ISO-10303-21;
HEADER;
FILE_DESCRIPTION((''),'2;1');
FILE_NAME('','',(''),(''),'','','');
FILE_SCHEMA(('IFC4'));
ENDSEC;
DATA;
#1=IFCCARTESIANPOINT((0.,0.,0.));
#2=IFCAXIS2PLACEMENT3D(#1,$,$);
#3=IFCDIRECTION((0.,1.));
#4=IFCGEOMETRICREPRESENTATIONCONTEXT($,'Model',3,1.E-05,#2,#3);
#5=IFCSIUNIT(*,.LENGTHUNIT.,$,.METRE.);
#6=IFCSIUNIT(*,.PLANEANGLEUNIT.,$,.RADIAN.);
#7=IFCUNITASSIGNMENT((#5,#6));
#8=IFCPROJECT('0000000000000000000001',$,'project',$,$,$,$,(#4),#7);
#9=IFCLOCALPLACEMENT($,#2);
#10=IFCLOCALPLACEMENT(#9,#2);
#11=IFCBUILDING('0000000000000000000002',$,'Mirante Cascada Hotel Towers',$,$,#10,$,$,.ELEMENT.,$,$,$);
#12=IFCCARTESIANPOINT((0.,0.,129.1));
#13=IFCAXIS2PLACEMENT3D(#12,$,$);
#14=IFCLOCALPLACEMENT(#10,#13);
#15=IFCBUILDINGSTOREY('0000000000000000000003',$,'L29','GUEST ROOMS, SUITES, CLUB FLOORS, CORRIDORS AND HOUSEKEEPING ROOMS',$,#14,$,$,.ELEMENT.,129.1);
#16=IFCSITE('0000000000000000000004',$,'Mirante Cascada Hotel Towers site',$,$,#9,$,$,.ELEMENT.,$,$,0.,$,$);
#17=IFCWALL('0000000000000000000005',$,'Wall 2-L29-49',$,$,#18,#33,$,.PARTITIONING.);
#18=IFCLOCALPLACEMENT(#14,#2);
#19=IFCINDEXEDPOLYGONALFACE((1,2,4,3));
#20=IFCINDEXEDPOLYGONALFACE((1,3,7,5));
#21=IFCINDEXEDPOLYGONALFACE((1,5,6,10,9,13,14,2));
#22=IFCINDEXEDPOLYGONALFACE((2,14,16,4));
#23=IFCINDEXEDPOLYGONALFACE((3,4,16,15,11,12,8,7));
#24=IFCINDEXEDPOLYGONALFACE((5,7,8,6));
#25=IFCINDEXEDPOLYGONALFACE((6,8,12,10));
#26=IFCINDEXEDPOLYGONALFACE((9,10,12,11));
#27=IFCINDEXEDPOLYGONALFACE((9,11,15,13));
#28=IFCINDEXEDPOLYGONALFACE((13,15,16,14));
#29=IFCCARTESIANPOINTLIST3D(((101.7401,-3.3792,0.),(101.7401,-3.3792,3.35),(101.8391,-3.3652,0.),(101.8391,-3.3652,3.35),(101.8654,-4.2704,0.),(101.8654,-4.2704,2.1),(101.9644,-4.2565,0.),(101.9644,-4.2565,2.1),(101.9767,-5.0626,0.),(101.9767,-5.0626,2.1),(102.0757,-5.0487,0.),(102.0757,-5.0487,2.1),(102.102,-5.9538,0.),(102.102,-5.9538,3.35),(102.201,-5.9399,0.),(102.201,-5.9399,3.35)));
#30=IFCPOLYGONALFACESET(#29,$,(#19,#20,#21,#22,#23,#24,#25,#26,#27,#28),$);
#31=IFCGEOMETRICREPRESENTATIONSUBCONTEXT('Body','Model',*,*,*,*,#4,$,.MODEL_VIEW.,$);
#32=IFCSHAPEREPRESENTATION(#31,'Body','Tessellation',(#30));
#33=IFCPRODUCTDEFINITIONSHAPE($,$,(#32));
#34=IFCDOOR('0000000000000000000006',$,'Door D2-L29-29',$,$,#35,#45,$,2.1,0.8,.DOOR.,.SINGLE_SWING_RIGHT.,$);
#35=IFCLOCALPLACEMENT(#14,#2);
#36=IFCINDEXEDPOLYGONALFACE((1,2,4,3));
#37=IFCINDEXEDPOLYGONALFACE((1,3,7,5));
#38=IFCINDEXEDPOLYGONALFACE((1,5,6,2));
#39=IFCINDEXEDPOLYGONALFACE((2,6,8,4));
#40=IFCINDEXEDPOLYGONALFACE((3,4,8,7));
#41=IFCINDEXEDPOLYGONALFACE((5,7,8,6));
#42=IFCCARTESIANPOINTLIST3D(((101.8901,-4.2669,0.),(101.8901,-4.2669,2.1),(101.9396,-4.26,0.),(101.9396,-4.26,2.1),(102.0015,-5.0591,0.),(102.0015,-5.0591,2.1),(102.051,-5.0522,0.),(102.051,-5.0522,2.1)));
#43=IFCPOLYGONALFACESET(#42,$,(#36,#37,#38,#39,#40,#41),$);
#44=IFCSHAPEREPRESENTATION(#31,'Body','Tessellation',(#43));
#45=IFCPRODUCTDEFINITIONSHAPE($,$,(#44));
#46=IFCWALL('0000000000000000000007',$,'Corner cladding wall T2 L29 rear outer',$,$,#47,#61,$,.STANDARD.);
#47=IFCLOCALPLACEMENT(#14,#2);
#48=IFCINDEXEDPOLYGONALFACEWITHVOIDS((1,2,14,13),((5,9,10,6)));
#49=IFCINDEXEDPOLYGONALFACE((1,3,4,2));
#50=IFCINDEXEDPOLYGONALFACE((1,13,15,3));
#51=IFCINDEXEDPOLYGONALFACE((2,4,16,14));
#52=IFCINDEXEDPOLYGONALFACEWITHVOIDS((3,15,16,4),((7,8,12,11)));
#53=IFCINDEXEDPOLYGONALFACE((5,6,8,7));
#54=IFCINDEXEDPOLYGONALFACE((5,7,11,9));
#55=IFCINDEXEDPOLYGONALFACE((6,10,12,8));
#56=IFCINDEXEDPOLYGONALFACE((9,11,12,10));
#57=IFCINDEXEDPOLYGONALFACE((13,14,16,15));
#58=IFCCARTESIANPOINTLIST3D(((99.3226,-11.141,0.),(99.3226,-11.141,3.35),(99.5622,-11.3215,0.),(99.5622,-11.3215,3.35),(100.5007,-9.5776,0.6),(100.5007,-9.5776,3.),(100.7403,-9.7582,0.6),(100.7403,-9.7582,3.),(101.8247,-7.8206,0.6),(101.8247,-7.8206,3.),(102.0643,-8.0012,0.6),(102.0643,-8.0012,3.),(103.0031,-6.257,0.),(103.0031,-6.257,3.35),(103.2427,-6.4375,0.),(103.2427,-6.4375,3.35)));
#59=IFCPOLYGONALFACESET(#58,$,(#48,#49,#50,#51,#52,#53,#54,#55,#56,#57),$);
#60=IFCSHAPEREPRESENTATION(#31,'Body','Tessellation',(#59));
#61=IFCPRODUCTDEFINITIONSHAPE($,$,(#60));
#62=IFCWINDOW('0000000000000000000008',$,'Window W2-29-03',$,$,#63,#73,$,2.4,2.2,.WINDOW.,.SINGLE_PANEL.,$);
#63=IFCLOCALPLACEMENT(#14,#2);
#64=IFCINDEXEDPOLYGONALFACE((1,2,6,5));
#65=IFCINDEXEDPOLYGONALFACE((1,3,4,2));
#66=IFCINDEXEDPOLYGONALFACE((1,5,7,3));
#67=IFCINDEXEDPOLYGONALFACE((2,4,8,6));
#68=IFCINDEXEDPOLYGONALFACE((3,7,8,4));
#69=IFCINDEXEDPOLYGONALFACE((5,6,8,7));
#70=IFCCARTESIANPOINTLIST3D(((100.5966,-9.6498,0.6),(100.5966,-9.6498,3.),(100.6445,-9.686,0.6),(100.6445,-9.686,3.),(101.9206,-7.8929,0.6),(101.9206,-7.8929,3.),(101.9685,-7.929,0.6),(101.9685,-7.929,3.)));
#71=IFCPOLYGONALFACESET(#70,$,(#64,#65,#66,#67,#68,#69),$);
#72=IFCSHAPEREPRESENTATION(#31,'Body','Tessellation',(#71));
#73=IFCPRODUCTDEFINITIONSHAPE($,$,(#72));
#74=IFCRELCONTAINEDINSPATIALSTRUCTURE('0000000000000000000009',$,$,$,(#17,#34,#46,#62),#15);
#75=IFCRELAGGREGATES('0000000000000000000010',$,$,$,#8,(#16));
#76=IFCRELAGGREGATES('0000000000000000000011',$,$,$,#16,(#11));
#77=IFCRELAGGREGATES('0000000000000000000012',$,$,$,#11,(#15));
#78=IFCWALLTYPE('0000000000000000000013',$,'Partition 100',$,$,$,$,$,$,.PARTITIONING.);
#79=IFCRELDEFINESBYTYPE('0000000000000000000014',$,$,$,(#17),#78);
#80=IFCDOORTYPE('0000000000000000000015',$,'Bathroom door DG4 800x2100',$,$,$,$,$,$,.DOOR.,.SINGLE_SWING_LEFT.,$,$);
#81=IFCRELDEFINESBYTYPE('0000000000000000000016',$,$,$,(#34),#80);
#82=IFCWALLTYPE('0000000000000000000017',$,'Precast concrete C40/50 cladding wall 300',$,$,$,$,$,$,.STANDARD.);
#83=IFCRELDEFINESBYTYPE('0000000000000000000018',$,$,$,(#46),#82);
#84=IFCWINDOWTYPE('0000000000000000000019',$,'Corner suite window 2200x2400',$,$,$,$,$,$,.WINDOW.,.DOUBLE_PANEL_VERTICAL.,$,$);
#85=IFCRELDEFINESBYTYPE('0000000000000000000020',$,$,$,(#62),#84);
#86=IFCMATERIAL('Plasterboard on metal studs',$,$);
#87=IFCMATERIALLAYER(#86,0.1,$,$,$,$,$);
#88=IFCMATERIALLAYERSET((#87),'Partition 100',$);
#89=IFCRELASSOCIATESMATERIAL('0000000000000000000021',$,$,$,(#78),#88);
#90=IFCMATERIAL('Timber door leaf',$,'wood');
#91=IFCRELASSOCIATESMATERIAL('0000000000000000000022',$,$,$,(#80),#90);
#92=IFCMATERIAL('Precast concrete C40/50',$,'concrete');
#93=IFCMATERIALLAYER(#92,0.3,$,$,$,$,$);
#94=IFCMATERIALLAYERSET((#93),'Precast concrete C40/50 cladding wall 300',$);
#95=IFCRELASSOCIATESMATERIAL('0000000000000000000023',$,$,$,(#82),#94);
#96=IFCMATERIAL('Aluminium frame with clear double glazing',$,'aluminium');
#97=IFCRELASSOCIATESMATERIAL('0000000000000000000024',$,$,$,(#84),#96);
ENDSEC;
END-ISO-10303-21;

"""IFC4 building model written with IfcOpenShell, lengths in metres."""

from ifc_helpers import new_model, si_unit, direction, frame, frame_2d, origin, place, context, subcontext, project, spatial, rectangle, extrude, material, layer, layer_set, type_object, element, fill, save


model = new_model("IFC4")

# Units and contexts
model_context = context("Model", 3, precision=1e-05, world=origin(), true_north=direction((0.0, 1.0)))
body_context = subcontext(model_context, "Body", "Model", "MODEL_VIEW")
ifc_project = project(units=[si_unit("LENGTHUNIT", "METRE"), si_unit("PLANEANGLEUNIT", "RADIAN")], contexts=[model_context])

# Site, building, storey
site_placement = place(None, origin())
site = spatial("IfcSite", under=ifc_project, at=site_placement, Name="Mirante Cascada Hotel Towers site", CompositionType="ELEMENT", RefElevation=0.0)
building_placement = place(site_placement, origin())
building = spatial("IfcBuilding", under=site, at=building_placement, Name="Mirante Cascada Hotel Towers", CompositionType="ELEMENT")
storey_placement = place(building_placement, frame((0.0, 0.0, 129.1)))
storey = spatial("IfcBuildingStorey", under=building, at=storey_placement, Name="L29", Description="GUEST ROOMS, SUITES, CLUB FLOORS, CORRIDORS AND HOUSEKEEPING ROOMS", CompositionType="ELEMENT", Elevation=129.1)

# Shared definitions
ifc_material_1 = material(Name="Plasterboard on metal studs")
ifc_layer_1 = layer(ifc_material_1, 0.1)
ifc_layer_set_1 = layer_set([ifc_layer_1], Name="Partition 100")
wall_type_1 = type_object("IfcWallType", Name="Partition 100", PredefinedType="PARTITIONING", material=ifc_layer_set_1)

# Wall, opening, door
wall_1_placement = place(storey_placement, frame((101.7896, -3.3722, 0.0), z_axis=(0.0, 0.0, 1.0), x_axis=(0.139192, -0.990265, 0.0)))
wall_1 = element("IfcWall", 1, at=wall_1_placement, inside=storey, type_object=wall_type_1, Name="Wall 2-L29-49", PredefinedType="PARTITIONING", context=body_context, shape_type="SweptSolid", body=[
    extrude(rectangle(XDim=2.6, YDim=0.1, at=frame_2d((1.3, 0.0))), origin(), (0.0, 0.0, 1.0), 3.35),
])
opening_1_placement = place(wall_1_placement, frame((0.9, 0.0, 0.0)))
opening_1 = element("IfcOpeningElement", 2, at=opening_1_placement, cuts=wall_1, PredefinedType="OPENING", context=body_context, shape_type="SweptSolid", body=[
    extrude(rectangle(XDim=0.8, YDim=2.1, at=frame_2d((0.4, 1.05))), frame((0.0, 0.05, 0.0), z_axis=(0.0, -1.0, 0.0), x_axis=(1.0, 0.0, 0.0)), (0.0, 0.0, 1.0), 0.1),
])
ifc_material_2 = material(Name="Timber door leaf", Category="wood")
door_type = type_object("IfcDoorType", Name="Bathroom door DG4 800x2100", OperationType="SINGLE_SWING_LEFT", PredefinedType="DOOR", material=ifc_material_2)
door_placement = place(opening_1_placement, frame((0.8, 0.0, 0.0), z_axis=(0.0, 0.0, 1.0), x_axis=(-1.0, 0.0, 0.0)))
door = element("IfcDoor", 3, at=door_placement, inside=storey, type_object=door_type, Name="Door D2-L29-29", OperationType="SINGLE_SWING_RIGHT", OverallHeight=2.1, OverallWidth=0.8, PredefinedType="DOOR", context=body_context, shape_type="SweptSolid", body=[
    extrude(rectangle(XDim=0.8, YDim=2.1, at=frame_2d((0.4, 1.05))), frame((0.0, 0.025, 0.0), z_axis=(0.0, -1.0, 0.0), x_axis=(1.0, 0.0, 0.0)), (0.0, 0.0, 1.0), 0.05),
])
fill(opening_1, door)

# Wall, opening, window
ifc_material_3 = material(Name="Precast concrete C40/50", Category="concrete")
ifc_layer_2 = layer(ifc_material_3, 0.3)
ifc_layer_set_2 = layer_set([ifc_layer_2], Name="Precast concrete C40/50 cladding wall 300")
wall_type_2 = type_object("IfcWallType", Name="Precast concrete C40/50 cladding wall 300", PredefinedType="STANDARD", material=ifc_layer_set_2)
wall_2_placement = place(storey_placement, frame((99.4424, -11.2313, 0.0), z_axis=(0.0, 0.0, 1.0), x_axis=(0.601819, 0.798632, 0.0)))
wall_2 = element("IfcWall", 4, at=wall_2_placement, inside=storey, type_object=wall_type_2, Name="Corner cladding wall T2 L29 rear outer", PredefinedType="STANDARD", context=body_context, shape_type="SweptSolid", body=[
    extrude(rectangle(XDim=6.1155, YDim=0.3, at=frame_2d((3.0578, 0.0))), origin(), (0.0, 0.0, 1.0), 3.35),
])
opening_2_placement = place(wall_2_placement, frame((1.9576, 0.0, 0.6)))
opening_2 = element("IfcOpeningElement", 5, at=opening_2_placement, cuts=wall_2, PredefinedType="OPENING", context=body_context, shape_type="SweptSolid", body=[
    extrude(rectangle(XDim=2.2, YDim=2.4, at=frame_2d((1.1, 1.2))), frame((0.0, 0.15, 0.0), z_axis=(0.0, -1.0, 0.0), x_axis=(1.0, 0.0, 0.0)), (0.0, 0.0, 1.0), 0.3),
])
ifc_material_4 = material(Name="Aluminium frame with clear double glazing", Category="aluminium")
window_type = type_object("IfcWindowType", Name="Corner suite window 2200x2400", PartitioningType="DOUBLE_PANEL_VERTICAL", PredefinedType="WINDOW", material=ifc_material_4)
window_placement = place(opening_2_placement, origin())
window = element("IfcWindow", 6, at=window_placement, inside=storey, type_object=window_type, Name="Window W2-29-03", OverallHeight=2.4, OverallWidth=2.2, PartitioningType="SINGLE_PANEL", PredefinedType="WINDOW", context=body_context, shape_type="SweptSolid", body=[
    extrude(rectangle(XDim=2.2, YDim=2.4, at=frame_2d((1.1, 1.2))), frame((0.0, 0.03, 0.0), z_axis=(0.0, -1.0, 0.0), x_axis=(1.0, 0.0, 0.0)), (0.0, 0.0, 1.0), 0.06),
])
fill(opening_2, window)

save(model, "model.ifc")
